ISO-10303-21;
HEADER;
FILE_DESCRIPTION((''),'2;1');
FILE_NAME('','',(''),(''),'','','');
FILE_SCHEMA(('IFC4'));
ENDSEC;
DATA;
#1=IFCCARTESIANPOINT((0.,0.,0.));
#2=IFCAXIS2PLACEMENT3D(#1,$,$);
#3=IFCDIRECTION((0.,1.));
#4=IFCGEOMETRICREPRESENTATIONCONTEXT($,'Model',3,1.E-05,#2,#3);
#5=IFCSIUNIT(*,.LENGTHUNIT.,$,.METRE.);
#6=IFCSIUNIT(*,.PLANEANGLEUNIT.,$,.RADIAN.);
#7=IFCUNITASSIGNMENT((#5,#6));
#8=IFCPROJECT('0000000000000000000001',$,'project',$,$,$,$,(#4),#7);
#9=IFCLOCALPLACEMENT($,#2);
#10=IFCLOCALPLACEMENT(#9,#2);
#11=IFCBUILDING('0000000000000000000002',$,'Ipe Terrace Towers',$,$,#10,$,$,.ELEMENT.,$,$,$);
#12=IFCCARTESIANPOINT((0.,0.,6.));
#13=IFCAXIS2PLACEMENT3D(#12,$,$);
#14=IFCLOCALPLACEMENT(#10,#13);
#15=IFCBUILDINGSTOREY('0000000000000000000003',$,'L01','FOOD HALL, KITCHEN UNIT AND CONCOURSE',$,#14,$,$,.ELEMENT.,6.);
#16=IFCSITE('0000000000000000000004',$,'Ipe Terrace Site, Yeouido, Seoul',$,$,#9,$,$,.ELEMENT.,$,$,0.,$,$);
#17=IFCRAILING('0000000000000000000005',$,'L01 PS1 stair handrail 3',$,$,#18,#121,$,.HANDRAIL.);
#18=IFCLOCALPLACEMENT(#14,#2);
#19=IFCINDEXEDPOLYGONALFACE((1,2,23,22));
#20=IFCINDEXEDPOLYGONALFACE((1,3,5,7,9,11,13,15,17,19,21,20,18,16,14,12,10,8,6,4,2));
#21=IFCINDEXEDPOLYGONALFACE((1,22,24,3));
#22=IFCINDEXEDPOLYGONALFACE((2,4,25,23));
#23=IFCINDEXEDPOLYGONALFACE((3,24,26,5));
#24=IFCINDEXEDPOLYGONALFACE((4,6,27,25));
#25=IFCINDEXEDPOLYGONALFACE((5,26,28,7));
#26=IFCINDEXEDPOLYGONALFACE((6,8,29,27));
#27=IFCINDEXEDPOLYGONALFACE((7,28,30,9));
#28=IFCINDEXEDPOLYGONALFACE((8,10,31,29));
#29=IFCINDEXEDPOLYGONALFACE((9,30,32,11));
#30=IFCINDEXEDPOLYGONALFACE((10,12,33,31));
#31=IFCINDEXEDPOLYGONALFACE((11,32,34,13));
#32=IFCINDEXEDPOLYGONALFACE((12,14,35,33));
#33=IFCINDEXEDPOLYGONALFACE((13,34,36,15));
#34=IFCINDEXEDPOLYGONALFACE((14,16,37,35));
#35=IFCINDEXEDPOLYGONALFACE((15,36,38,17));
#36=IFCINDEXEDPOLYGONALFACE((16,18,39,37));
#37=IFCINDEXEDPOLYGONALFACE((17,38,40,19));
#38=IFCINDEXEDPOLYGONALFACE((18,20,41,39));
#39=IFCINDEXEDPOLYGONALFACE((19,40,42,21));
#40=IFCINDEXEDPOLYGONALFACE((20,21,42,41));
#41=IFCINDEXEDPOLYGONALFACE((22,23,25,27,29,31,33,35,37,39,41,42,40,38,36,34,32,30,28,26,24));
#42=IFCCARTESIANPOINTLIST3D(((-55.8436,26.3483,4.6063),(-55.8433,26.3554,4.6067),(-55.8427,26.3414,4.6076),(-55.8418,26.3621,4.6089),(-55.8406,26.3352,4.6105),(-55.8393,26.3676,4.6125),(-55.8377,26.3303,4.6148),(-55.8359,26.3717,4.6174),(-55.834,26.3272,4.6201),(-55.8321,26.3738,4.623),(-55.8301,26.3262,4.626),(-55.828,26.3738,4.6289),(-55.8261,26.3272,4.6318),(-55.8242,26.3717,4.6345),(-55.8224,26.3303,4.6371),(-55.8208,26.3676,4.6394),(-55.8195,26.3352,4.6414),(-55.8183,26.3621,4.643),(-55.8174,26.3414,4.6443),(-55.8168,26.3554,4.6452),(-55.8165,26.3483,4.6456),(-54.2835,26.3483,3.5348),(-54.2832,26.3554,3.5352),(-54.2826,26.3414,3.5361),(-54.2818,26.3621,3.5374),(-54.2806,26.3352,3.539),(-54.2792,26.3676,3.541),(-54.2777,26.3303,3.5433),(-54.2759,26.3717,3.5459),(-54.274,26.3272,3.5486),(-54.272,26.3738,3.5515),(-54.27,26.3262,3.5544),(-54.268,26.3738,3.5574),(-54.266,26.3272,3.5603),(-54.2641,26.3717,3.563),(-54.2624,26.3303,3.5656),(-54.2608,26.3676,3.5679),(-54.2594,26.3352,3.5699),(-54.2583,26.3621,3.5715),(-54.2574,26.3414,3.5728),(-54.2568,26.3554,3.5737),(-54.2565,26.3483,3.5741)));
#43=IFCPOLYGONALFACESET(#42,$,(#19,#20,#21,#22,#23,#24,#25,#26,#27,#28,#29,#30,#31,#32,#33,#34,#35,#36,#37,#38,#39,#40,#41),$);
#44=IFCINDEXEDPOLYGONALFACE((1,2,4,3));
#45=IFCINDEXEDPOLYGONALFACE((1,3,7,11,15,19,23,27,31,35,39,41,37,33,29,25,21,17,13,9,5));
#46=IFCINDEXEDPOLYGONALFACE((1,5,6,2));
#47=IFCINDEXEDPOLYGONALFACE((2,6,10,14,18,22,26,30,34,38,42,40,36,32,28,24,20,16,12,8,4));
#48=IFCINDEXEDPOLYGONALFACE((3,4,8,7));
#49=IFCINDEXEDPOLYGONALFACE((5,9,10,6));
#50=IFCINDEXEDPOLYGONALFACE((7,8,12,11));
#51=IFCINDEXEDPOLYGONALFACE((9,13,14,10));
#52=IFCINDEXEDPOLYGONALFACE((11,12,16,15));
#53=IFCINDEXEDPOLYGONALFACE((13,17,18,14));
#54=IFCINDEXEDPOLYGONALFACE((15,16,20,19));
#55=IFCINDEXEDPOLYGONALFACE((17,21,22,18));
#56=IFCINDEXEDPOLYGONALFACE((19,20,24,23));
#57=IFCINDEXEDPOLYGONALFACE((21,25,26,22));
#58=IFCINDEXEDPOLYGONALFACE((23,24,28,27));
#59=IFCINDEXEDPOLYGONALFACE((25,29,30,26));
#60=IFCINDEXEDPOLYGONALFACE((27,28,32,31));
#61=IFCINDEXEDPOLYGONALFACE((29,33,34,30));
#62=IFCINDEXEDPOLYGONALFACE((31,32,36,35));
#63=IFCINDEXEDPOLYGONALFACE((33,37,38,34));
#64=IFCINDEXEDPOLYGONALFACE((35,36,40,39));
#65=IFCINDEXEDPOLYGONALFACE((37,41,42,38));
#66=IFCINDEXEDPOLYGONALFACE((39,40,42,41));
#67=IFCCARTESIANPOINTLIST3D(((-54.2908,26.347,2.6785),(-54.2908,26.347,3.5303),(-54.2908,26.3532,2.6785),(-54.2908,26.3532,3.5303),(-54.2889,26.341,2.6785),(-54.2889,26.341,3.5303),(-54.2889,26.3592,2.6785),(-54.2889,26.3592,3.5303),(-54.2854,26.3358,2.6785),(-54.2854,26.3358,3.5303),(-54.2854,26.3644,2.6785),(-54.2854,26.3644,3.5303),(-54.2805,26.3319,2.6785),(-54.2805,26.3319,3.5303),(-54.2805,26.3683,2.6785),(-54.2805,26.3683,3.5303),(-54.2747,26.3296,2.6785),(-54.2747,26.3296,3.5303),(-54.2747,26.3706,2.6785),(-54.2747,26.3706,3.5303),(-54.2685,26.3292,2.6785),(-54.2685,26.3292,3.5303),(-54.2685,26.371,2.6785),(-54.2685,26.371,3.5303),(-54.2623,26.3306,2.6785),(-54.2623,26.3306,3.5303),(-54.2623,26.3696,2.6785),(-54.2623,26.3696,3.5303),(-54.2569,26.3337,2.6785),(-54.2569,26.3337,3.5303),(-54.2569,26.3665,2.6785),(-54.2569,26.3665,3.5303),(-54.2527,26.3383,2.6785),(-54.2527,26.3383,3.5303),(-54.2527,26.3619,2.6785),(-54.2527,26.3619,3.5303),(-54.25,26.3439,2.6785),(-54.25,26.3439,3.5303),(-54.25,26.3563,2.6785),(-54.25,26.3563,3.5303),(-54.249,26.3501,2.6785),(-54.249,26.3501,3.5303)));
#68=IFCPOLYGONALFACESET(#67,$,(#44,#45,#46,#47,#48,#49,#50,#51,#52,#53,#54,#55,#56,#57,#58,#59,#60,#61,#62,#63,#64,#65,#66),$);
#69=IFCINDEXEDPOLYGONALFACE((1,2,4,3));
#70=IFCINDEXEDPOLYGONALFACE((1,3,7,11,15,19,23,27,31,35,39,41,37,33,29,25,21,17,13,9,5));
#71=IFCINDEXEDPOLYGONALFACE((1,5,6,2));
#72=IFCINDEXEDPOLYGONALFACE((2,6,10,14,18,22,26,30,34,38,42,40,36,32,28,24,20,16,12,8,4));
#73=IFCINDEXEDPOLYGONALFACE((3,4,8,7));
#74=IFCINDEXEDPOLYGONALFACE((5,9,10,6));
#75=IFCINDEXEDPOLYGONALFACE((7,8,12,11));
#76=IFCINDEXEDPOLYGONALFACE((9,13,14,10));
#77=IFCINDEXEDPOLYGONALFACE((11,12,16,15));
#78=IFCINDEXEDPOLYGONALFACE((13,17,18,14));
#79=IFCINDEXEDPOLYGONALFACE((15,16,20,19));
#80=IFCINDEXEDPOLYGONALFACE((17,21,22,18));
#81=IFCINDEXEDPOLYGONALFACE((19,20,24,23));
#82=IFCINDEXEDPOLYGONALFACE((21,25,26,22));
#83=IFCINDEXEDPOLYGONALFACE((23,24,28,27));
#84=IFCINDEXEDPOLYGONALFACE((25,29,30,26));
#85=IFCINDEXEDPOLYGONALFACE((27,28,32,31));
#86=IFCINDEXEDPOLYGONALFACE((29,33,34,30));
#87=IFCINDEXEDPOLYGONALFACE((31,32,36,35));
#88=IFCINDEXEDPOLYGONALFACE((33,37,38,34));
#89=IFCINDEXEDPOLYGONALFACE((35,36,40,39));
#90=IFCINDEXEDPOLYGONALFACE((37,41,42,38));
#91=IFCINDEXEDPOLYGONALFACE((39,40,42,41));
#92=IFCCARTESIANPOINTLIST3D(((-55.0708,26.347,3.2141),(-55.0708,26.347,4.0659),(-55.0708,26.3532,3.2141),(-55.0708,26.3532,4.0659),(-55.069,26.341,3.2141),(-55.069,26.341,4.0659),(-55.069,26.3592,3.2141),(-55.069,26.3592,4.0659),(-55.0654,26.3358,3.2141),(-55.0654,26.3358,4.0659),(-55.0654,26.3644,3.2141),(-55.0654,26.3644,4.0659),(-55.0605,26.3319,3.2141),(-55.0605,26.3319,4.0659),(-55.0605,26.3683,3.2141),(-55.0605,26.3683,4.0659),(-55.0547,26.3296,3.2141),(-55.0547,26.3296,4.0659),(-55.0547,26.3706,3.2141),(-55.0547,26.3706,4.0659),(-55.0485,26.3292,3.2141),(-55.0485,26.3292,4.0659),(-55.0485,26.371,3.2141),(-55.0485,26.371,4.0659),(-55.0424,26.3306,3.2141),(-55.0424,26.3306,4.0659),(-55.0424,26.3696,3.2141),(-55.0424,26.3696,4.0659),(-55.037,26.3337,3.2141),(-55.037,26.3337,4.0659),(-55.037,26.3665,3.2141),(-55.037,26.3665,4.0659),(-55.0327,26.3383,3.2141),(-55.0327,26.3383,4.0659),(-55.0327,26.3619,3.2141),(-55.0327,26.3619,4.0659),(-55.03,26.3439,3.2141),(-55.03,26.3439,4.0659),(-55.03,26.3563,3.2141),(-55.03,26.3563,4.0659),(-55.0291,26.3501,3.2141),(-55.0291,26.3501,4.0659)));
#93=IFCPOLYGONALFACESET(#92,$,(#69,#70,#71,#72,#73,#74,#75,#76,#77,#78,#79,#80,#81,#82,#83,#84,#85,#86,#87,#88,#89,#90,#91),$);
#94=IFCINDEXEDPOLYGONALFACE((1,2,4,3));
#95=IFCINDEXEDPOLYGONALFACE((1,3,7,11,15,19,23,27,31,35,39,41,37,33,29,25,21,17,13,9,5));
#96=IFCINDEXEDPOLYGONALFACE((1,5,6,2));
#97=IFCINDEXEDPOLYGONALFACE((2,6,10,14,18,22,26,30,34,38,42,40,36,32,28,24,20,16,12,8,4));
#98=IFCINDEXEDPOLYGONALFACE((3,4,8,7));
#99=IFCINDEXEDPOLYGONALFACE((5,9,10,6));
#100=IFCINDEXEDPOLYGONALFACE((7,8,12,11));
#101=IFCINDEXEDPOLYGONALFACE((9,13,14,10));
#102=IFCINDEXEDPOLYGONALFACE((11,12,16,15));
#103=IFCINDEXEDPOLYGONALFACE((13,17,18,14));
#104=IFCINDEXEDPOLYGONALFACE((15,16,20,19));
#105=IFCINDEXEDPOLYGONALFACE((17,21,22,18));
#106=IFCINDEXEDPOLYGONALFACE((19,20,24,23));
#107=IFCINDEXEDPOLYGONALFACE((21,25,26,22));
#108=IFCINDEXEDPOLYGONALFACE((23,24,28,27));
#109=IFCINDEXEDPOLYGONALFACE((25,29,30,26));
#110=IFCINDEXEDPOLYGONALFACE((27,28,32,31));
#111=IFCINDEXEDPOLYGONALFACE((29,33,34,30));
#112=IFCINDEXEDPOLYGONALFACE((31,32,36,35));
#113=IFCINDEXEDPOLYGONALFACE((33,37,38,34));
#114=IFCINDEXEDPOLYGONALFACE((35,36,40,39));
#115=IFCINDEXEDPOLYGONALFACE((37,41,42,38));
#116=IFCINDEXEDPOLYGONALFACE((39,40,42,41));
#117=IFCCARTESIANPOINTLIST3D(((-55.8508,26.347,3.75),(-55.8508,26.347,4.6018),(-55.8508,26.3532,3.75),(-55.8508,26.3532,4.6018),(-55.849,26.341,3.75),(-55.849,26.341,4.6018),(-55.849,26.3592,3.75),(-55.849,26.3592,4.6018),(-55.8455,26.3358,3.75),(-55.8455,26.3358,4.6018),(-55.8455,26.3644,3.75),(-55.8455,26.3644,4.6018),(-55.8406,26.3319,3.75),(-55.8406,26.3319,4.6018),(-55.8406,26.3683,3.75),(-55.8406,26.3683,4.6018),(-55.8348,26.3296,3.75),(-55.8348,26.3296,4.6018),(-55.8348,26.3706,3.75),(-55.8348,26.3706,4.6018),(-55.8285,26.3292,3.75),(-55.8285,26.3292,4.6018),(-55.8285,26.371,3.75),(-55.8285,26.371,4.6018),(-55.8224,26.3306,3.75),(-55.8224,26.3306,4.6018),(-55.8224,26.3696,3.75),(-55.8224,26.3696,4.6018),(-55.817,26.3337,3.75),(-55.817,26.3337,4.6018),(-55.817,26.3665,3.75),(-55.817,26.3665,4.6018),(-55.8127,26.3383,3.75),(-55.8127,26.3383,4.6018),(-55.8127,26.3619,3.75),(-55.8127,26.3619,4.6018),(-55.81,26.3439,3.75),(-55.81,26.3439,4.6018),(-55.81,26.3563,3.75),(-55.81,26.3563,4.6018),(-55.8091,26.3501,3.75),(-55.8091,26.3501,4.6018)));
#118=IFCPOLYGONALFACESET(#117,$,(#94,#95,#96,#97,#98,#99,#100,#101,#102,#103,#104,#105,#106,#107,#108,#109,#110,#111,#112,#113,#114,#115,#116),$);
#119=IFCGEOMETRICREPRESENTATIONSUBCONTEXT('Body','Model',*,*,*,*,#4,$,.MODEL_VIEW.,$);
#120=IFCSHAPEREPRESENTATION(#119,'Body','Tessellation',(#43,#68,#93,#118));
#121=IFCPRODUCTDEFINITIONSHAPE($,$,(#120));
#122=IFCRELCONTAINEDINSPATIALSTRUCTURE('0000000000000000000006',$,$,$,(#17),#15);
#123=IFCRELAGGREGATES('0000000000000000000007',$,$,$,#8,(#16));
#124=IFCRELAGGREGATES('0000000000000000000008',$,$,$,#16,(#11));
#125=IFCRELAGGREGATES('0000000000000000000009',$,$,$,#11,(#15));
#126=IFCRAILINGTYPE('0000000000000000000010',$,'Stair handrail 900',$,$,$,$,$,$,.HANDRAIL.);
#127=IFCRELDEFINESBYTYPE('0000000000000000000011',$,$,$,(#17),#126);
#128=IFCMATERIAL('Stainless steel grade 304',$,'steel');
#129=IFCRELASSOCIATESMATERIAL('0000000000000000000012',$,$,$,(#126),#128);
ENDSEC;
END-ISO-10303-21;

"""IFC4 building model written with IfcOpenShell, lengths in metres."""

from ifc_helpers import new_model, si_unit, direction, frame, origin, origin_2d, place, context, subcontext, project, spatial, circle, extrude, material, type_object, element, save


model = new_model("IFC4")

# Units and contexts
model_context = context("Model", 3, precision=1e-05, world=origin(), true_north=direction((0.0, 1.0)))
body_context = subcontext(model_context, "Body", "Model", "MODEL_VIEW")
ifc_project = project(units=[si_unit("LENGTHUNIT", "METRE"), si_unit("PLANEANGLEUNIT", "RADIAN")], contexts=[model_context])

# Site, building, storey
site_placement = place(None, origin())
site = spatial("IfcSite", under=ifc_project, at=site_placement, Name="Ipe Terrace Site, Yeouido, Seoul", CompositionType="ELEMENT", RefElevation=0.0)
building_placement = place(site_placement, origin())
building = spatial("IfcBuilding", under=site, at=building_placement, Name="Ipe Terrace Towers", CompositionType="ELEMENT")
storey_placement = place(building_placement, frame((0.0, 0.0, 6.0)))
storey = spatial("IfcBuildingStorey", under=building, at=storey_placement, Name="L01", Description="FOOD HALL, KITCHEN UNIT AND CONCOURSE", CompositionType="ELEMENT", Elevation=6.0)

# Railing
ifc_material_1 = material(Name="Stainless steel grade 304", Category="steel")
railing_type_1 = type_object("IfcRailingType", Name="Stair handrail 900", PredefinedType="HANDRAIL", material=ifc_material_1)
railing_1_placement = place(storey_placement, frame((-54.27, 26.3501, 2.6785)))
element("IfcRailing", 1, at=railing_1_placement, inside=storey, type_object=railing_type_1, Name="L01 PS1 stair handrail 3", PredefinedType="HANDRAIL", context=body_context, shape_type="SweptSolid", body=[
    extrude(circle(Radius=0.0239, at=origin_2d()), frame((0.0, 0.0, 0.876), z_axis=(-0.82429, 0.0, 0.566167), x_axis=(0.0, -1.0, 0.0)), (0.0, 0.0, 1.0), 1.8926),
    extrude(circle(Radius=0.021, at=origin_2d()), origin(), (0.0, 0.0, 1.0), 0.8518),
    extrude(circle(Radius=0.021, at=origin_2d()), frame((-0.78, 0.0, 0.5356)), (0.0, 0.0, 1.0), 0.8518),
    extrude(circle(Radius=0.021, at=origin_2d()), frame((-1.5601, 0.0, 1.0715)), (0.0, 0.0, 1.0), 0.8518),
])

save(model, "model.ifc")
